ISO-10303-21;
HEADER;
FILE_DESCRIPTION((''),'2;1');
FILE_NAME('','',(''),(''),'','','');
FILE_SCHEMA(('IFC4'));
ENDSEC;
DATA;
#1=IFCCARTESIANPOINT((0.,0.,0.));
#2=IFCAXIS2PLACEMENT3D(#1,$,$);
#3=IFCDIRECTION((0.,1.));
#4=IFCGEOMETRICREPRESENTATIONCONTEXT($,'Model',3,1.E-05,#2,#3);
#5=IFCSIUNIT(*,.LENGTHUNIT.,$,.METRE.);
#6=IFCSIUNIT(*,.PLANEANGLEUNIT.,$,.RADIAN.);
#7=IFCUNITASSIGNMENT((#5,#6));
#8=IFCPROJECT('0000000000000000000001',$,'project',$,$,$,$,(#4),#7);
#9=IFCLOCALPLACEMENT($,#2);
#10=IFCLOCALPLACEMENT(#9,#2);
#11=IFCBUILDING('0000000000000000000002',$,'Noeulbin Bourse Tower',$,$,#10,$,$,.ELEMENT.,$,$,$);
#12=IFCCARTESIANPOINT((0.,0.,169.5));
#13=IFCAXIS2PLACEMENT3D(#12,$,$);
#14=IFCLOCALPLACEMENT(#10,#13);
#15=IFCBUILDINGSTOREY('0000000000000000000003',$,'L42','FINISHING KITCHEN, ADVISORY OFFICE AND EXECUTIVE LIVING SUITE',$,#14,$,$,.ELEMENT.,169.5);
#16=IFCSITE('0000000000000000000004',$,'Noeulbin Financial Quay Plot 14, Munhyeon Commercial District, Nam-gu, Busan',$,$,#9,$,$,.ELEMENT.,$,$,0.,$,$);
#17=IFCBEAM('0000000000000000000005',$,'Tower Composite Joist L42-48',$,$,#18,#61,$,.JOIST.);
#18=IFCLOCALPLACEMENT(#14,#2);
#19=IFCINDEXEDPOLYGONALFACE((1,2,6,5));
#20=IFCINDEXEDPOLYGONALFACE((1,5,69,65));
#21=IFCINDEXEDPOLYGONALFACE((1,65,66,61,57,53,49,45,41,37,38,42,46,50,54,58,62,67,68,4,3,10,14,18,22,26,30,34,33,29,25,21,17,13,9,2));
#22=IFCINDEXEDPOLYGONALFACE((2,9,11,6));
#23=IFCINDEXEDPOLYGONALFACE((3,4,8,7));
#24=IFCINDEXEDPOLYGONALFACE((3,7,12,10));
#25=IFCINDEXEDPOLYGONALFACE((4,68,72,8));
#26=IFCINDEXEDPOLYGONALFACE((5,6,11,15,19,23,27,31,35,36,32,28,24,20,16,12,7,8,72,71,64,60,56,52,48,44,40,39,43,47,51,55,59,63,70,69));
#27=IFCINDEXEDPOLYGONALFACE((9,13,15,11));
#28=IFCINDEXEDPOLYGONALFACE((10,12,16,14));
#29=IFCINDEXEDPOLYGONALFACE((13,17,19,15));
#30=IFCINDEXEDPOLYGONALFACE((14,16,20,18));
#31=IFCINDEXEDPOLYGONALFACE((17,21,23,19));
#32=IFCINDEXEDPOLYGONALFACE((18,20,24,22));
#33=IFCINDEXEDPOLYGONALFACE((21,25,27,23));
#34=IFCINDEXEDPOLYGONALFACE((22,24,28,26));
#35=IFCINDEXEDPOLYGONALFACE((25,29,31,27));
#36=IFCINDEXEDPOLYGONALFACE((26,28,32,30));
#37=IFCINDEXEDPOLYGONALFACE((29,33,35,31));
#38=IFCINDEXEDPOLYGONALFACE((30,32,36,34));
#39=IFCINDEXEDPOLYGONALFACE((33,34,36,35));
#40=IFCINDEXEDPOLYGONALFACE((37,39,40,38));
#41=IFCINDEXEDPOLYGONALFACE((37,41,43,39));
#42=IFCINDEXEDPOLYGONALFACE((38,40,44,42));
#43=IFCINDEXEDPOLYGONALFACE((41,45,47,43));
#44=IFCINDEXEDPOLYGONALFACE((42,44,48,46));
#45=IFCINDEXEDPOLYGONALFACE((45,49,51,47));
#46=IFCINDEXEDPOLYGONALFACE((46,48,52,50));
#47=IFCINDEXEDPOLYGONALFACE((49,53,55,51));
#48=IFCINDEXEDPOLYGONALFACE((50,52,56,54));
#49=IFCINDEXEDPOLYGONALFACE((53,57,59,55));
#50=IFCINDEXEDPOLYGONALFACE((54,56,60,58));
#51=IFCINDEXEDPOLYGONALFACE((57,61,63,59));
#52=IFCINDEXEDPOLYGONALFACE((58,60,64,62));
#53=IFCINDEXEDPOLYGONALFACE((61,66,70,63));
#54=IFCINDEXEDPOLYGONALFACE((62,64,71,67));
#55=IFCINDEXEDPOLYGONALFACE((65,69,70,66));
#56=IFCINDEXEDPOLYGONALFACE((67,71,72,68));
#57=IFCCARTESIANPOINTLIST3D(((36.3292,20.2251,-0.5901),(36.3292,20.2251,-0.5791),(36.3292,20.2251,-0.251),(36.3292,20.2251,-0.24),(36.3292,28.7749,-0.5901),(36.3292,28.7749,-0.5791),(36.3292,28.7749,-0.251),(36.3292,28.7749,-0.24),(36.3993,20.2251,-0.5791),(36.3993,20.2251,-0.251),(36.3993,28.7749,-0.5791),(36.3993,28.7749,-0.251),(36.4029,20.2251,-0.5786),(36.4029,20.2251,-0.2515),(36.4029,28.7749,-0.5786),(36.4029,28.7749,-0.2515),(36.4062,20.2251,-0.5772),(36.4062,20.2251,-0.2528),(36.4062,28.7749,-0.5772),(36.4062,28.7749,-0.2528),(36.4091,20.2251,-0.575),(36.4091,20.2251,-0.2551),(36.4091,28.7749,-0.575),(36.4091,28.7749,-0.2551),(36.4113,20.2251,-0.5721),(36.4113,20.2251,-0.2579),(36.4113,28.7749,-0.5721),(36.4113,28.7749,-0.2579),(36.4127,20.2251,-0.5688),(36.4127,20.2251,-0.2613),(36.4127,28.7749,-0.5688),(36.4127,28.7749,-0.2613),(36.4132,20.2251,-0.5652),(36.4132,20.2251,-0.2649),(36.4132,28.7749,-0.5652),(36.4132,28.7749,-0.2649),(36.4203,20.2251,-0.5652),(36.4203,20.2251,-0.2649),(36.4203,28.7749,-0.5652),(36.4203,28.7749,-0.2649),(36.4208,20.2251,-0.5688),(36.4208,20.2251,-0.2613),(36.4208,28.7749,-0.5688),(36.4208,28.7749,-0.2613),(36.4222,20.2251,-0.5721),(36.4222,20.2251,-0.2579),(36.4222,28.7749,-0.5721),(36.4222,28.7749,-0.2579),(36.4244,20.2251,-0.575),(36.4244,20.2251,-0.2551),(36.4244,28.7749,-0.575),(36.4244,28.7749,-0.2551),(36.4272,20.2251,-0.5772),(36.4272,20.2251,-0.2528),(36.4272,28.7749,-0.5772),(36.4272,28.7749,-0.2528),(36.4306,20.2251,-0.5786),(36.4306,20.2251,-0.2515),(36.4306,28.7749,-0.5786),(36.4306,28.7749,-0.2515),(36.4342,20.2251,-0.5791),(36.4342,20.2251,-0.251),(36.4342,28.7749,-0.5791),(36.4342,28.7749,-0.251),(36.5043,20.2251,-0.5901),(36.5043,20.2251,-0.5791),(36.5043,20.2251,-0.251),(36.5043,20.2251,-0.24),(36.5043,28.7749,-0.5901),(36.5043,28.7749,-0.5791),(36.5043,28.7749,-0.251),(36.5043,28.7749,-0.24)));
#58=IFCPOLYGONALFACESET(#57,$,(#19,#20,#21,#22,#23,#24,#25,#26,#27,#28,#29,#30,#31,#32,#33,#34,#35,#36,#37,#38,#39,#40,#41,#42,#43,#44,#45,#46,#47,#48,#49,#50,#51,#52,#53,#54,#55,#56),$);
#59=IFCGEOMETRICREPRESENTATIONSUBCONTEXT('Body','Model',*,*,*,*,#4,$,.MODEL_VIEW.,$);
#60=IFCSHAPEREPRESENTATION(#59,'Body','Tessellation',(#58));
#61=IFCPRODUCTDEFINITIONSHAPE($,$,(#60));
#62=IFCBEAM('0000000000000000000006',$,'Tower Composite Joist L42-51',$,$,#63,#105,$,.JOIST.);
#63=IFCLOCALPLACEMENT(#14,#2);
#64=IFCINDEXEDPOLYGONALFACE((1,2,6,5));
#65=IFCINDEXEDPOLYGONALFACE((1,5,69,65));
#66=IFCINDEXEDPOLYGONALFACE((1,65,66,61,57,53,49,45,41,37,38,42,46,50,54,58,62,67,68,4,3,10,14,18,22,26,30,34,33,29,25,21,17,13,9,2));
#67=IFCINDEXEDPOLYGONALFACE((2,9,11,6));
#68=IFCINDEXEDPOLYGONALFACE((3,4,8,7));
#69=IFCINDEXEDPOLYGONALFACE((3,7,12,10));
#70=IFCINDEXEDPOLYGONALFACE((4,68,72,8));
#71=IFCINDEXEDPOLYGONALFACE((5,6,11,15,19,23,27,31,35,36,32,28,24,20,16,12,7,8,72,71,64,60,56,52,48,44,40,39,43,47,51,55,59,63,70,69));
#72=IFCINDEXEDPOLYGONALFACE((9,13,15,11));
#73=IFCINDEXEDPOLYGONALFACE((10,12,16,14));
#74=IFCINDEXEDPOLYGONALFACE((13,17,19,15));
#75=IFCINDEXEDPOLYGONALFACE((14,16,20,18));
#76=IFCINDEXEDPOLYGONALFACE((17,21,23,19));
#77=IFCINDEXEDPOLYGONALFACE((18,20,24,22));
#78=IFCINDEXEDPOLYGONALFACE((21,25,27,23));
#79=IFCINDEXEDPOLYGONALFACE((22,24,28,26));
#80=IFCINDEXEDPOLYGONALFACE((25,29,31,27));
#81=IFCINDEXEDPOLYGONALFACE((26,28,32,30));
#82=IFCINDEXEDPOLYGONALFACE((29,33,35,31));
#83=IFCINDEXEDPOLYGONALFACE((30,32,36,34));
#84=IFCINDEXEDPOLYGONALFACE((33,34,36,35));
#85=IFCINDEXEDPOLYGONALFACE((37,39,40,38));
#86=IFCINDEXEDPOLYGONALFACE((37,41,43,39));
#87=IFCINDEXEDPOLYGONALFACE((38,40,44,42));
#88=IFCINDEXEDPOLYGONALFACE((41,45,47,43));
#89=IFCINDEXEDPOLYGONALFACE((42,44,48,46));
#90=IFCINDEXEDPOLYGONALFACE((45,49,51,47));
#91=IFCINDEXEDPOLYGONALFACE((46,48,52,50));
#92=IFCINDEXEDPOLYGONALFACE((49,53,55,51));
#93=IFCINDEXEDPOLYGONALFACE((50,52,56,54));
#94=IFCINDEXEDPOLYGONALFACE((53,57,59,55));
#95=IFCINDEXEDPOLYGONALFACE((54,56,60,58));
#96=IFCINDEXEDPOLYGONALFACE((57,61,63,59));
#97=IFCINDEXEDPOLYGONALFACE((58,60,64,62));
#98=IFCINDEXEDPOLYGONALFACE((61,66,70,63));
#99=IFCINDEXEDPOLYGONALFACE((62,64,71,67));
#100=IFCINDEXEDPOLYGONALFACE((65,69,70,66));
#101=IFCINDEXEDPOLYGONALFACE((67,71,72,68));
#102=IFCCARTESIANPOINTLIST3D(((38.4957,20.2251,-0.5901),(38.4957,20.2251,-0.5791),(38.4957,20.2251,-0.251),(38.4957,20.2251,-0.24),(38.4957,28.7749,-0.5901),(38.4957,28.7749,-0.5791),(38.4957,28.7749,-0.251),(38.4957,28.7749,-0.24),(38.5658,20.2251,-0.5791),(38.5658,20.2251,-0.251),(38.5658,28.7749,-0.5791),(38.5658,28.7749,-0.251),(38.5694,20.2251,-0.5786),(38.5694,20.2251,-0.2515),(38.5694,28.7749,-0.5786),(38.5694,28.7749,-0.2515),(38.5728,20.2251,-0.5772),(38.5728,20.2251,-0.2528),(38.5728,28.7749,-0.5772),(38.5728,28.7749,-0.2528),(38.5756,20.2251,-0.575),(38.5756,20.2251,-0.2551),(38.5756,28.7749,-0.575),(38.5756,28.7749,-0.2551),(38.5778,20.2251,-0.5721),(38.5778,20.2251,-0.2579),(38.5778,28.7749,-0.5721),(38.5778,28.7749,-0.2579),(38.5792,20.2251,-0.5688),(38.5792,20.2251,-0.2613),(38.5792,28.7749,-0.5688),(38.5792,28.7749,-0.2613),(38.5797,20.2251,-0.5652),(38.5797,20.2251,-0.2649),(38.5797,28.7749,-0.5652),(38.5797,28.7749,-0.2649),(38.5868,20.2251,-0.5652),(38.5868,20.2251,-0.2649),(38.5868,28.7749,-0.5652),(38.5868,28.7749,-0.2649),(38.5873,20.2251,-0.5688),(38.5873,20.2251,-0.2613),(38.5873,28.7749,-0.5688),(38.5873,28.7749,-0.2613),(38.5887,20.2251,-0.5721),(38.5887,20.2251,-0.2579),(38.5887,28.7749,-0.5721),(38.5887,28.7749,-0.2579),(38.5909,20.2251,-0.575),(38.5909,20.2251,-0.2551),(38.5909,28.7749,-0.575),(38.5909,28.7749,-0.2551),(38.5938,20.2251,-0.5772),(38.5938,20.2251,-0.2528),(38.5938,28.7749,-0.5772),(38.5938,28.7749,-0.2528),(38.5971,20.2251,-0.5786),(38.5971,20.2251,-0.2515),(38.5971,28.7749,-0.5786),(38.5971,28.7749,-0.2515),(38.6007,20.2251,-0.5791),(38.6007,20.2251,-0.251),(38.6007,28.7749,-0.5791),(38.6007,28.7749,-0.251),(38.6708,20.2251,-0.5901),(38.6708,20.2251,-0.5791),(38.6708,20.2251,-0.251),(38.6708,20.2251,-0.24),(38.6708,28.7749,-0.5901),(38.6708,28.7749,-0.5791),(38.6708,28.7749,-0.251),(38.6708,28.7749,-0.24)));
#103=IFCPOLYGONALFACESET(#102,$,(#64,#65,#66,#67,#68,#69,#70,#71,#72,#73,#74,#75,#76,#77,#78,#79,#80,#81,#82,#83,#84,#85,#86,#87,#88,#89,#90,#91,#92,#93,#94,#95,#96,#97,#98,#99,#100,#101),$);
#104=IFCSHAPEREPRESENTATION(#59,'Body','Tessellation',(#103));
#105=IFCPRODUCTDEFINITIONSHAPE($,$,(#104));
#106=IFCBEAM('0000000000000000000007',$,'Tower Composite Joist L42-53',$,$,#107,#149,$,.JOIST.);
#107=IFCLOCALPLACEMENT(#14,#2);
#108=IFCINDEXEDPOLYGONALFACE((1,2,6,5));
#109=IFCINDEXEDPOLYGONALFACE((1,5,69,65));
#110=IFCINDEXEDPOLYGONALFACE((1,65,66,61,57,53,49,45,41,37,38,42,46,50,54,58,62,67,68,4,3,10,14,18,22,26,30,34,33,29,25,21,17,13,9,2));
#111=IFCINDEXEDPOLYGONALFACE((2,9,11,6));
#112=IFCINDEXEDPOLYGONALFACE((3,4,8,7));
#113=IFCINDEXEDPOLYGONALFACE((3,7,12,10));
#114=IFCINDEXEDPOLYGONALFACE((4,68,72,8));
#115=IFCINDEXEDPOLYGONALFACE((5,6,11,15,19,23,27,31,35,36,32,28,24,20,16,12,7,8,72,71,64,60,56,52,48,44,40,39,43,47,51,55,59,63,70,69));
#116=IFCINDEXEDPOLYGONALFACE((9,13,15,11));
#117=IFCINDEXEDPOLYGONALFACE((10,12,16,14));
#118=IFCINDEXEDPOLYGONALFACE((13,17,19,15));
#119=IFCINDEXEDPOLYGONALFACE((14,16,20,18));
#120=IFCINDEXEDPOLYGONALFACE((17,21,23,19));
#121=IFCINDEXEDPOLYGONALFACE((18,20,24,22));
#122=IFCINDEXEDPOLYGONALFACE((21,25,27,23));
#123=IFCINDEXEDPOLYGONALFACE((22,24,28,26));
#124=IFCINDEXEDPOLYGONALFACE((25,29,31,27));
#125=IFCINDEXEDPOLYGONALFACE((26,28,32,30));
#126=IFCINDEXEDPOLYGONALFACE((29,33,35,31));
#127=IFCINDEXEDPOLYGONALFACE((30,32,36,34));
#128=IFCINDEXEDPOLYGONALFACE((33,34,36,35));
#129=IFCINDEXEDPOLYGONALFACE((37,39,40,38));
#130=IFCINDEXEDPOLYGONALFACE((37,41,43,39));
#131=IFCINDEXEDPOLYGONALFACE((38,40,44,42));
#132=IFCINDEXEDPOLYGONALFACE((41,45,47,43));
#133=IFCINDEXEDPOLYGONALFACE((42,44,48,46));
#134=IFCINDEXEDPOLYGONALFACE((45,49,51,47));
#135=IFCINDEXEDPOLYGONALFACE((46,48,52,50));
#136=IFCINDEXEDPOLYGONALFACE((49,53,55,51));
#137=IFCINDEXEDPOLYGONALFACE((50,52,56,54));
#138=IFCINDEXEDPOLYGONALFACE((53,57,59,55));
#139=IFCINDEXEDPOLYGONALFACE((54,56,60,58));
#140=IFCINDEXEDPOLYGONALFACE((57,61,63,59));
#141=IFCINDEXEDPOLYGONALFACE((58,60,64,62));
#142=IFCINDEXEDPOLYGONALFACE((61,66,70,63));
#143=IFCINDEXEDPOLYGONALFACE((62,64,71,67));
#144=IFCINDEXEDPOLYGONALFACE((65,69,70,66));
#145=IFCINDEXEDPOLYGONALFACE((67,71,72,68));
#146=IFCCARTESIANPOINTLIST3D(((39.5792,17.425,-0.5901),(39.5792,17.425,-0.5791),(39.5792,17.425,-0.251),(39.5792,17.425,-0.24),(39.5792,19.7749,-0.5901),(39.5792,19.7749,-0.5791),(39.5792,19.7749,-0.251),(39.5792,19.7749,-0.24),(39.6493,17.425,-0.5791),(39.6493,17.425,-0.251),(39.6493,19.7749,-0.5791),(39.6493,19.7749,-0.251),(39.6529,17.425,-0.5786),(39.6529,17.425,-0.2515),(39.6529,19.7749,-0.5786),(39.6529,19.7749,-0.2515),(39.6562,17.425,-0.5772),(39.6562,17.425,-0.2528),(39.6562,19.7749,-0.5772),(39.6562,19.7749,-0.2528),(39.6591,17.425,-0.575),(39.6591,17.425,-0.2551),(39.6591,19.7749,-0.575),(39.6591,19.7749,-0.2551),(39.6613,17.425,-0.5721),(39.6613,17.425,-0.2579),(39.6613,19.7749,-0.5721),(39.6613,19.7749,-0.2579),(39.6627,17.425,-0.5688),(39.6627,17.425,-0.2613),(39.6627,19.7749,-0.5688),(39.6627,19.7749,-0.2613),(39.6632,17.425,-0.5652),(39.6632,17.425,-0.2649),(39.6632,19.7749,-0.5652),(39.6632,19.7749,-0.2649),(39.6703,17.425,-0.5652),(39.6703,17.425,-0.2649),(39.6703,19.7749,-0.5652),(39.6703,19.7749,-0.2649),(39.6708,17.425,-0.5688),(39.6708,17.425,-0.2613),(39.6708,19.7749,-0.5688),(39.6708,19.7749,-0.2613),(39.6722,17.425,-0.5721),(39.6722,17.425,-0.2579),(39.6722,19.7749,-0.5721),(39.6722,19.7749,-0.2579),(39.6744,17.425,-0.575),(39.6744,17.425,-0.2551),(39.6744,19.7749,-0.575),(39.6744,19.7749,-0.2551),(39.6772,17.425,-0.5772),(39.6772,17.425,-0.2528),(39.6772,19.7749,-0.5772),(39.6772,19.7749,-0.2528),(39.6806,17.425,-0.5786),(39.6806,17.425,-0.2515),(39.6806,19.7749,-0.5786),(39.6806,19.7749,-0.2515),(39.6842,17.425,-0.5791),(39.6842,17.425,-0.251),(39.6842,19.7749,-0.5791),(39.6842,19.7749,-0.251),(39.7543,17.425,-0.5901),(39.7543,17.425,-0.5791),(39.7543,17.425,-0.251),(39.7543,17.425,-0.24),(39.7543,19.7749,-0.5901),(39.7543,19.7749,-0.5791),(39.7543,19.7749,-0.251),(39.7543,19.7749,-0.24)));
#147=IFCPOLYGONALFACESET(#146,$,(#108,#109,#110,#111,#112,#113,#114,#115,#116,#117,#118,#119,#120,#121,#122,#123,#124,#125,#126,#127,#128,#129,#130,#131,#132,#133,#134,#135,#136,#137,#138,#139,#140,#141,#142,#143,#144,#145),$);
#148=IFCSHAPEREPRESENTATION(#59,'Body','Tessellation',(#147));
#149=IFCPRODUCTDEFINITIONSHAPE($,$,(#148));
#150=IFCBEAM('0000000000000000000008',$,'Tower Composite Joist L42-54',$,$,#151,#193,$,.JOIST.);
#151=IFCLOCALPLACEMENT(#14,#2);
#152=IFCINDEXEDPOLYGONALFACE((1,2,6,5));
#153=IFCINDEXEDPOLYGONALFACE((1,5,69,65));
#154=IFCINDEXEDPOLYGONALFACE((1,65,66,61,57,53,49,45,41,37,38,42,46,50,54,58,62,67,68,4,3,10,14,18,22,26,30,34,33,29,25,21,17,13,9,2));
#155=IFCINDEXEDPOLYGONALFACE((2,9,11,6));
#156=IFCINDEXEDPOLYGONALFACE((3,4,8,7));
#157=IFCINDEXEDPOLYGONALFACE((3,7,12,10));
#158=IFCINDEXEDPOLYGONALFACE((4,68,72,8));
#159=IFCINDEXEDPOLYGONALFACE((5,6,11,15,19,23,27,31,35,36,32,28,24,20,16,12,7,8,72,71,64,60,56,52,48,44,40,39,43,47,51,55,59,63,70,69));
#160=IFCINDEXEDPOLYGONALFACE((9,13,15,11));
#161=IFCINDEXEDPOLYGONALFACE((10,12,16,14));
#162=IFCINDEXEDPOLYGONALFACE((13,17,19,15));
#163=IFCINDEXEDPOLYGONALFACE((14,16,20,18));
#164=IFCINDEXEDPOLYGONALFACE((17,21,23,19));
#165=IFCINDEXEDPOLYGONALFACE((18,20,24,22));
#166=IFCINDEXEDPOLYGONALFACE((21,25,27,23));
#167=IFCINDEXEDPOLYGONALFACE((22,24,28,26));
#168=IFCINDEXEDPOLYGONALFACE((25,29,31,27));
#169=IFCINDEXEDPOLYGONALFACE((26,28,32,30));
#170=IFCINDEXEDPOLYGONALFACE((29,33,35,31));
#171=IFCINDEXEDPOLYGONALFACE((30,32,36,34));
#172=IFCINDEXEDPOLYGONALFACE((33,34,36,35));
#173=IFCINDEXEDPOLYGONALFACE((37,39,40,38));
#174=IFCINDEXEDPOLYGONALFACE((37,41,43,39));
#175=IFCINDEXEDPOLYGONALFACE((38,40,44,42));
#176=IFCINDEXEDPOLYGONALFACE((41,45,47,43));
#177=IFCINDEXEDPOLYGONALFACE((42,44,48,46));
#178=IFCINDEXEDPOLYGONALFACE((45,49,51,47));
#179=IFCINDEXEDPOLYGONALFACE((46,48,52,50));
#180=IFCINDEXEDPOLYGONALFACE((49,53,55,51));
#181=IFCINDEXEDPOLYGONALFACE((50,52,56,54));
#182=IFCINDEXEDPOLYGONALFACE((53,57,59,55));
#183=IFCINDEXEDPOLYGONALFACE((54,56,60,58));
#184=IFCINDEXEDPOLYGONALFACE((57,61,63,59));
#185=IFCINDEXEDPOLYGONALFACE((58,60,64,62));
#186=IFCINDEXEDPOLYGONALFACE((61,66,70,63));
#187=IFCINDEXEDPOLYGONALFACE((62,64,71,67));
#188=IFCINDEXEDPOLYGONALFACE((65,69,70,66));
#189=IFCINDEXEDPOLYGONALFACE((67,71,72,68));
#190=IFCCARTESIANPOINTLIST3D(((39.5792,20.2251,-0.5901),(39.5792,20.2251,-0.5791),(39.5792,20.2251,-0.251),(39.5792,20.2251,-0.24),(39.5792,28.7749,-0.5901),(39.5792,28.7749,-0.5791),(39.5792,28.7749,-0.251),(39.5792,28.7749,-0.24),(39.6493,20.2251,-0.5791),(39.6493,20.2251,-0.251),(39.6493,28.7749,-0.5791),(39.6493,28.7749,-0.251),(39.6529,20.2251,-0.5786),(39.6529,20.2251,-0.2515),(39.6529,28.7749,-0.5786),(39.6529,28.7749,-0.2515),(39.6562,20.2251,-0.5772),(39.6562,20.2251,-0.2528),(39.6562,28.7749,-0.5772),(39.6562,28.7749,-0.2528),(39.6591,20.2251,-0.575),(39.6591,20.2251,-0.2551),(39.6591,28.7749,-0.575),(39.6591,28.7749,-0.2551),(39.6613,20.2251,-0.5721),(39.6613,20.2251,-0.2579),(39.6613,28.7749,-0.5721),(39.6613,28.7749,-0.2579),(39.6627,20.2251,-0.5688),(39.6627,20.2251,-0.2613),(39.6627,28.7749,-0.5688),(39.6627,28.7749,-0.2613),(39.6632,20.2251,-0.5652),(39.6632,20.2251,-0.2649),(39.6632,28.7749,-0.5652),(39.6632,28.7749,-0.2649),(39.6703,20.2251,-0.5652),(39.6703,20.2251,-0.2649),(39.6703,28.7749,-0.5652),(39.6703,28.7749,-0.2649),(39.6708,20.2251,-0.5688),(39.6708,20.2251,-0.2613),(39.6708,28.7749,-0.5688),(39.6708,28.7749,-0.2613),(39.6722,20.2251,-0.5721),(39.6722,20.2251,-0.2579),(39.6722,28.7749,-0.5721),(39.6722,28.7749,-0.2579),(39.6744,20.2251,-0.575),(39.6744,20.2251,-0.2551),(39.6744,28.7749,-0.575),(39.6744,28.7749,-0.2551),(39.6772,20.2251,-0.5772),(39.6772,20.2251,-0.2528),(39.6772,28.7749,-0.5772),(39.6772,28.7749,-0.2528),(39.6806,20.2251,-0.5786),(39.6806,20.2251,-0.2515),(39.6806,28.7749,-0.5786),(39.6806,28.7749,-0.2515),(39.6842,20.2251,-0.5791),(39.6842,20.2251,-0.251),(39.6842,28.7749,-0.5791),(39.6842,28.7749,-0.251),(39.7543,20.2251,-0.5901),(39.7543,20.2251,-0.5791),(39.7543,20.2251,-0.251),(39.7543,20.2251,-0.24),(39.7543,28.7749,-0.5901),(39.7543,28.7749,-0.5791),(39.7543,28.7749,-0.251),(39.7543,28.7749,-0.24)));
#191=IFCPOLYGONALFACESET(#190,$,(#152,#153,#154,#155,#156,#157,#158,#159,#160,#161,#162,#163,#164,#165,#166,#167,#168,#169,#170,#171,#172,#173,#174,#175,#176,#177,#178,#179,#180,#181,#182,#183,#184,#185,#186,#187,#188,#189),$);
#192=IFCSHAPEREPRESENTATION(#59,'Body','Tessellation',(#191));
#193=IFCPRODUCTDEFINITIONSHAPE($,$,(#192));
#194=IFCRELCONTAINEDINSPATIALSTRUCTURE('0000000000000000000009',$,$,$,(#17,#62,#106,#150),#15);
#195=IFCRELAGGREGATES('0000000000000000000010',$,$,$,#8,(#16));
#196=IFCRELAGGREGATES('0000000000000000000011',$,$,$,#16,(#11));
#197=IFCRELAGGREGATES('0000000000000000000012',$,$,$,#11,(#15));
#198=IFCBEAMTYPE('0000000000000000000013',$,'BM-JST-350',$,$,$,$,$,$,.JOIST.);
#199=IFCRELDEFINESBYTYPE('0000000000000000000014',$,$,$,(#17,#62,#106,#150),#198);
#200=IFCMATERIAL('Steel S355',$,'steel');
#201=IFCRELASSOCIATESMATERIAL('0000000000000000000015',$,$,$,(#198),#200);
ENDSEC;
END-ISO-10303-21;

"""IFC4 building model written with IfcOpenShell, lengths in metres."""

from ifc_helpers import new_model, si_unit, direction, frame, origin, origin_2d, place, context, subcontext, project, spatial, i_section, extrude, material, material_profile, profile_set, type_object, element, save


model = new_model("IFC4")

# Units and contexts
model_context = context("Model", 3, precision=1e-05, world=origin(), true_north=direction((0.0, 1.0)))
body_context = subcontext(model_context, "Body", "Model", "MODEL_VIEW")
ifc_project = project(units=[si_unit("LENGTHUNIT", "METRE"), si_unit("PLANEANGLEUNIT", "RADIAN")], contexts=[model_context])

# Site, building, storey
site_placement = place(None, origin())
site = spatial("IfcSite", under=ifc_project, at=site_placement, Name="Noeulbin Financial Quay Plot 14, Munhyeon Commercial District, Nam-gu, Busan", CompositionType="ELEMENT", RefElevation=0.0)
building_placement = place(site_placement, origin())
building = spatial("IfcBuilding", under=site, at=building_placement, Name="Noeulbin Bourse Tower", CompositionType="ELEMENT")
storey_placement = place(building_placement, frame((0.0, 0.0, 169.5)))
storey = spatial("IfcBuildingStorey", under=building, at=storey_placement, Name="L42", Description="FINISHING KITCHEN, ADVISORY OFFICE AND EXECUTIVE LIVING SUITE", CompositionType="ELEMENT", Elevation=169.5)

# Beams
ifc_material_1 = material(Name="Steel S355", Category="steel")
ifc_material_profile_1 = material_profile(ifc_material_1, i_section(OverallWidth=0.175, OverallDepth=0.3501, WebThickness=0.0071, FlangeThickness=0.011, FilletRadius=0.0139, at=origin_2d()), Name="H-350x175x7x11", Category="LoadBearing")
ifc_profile_set_1 = profile_set([ifc_material_profile_1], Name="Steel S355")
beam_type_1 = type_object("IfcBeamType", Name="BM-JST-350", PredefinedType="JOIST", material=ifc_profile_set_1)
for number, where, z_axis, x_axis, name in (
    (1, (36.4167, 20.2251, -0.415), (0.0, 1.0, 0.0), (-1.0, 0.0, 0.0), "Tower Composite Joist L42-48"),
    (2, (38.5833, 20.2251, -0.415), (0.0, 1.0, 0.0), (-1.0, 0.0, 0.0), "Tower Composite Joist L42-51"),
):
    element("IfcBeam", number, at=place(storey_placement, frame(where, z_axis=z_axis, x_axis=x_axis)), inside=storey, type_object=beam_type_1, Name=name, PredefinedType="JOIST", context=body_context, shape_type="SweptSolid", body=[
        extrude(i_section(OverallWidth=0.175, OverallDepth=0.3501, WebThickness=0.0071, FlangeThickness=0.011, FilletRadius=0.0139, at=origin_2d()), origin(), (0.0, 0.0, 1.0), 8.5498),
    ])
beam_1_placement = place(storey_placement, frame((39.6667, 17.425, -0.415), z_axis=(0.0, 1.0, 0.0), x_axis=(-1.0, 0.0, 0.0)))
element("IfcBeam", 3, at=beam_1_placement, inside=storey, type_object=beam_type_1, Name="Tower Composite Joist L42-53", PredefinedType="JOIST", context=body_context, shape_type="SweptSolid", body=[
    extrude(i_section(OverallWidth=0.175, OverallDepth=0.3501, WebThickness=0.0071, FlangeThickness=0.011, FilletRadius=0.0139, at=origin_2d()), origin(), (0.0, 0.0, 1.0), 2.3499),
])
beam_2_placement = place(storey_placement, frame((39.6667, 20.2251, -0.415), z_axis=(0.0, 1.0, 0.0), x_axis=(-1.0, 0.0, 0.0)))
element("IfcBeam", 4, at=beam_2_placement, inside=storey, type_object=beam_type_1, Name="Tower Composite Joist L42-54", PredefinedType="JOIST", context=body_context, shape_type="SweptSolid", body=[
    extrude(i_section(OverallWidth=0.175, OverallDepth=0.3501, WebThickness=0.0071, FlangeThickness=0.011, FilletRadius=0.0139, at=origin_2d()), origin(), (0.0, 0.0, 1.0), 8.5498),
])

save(model, "model.ifc")
